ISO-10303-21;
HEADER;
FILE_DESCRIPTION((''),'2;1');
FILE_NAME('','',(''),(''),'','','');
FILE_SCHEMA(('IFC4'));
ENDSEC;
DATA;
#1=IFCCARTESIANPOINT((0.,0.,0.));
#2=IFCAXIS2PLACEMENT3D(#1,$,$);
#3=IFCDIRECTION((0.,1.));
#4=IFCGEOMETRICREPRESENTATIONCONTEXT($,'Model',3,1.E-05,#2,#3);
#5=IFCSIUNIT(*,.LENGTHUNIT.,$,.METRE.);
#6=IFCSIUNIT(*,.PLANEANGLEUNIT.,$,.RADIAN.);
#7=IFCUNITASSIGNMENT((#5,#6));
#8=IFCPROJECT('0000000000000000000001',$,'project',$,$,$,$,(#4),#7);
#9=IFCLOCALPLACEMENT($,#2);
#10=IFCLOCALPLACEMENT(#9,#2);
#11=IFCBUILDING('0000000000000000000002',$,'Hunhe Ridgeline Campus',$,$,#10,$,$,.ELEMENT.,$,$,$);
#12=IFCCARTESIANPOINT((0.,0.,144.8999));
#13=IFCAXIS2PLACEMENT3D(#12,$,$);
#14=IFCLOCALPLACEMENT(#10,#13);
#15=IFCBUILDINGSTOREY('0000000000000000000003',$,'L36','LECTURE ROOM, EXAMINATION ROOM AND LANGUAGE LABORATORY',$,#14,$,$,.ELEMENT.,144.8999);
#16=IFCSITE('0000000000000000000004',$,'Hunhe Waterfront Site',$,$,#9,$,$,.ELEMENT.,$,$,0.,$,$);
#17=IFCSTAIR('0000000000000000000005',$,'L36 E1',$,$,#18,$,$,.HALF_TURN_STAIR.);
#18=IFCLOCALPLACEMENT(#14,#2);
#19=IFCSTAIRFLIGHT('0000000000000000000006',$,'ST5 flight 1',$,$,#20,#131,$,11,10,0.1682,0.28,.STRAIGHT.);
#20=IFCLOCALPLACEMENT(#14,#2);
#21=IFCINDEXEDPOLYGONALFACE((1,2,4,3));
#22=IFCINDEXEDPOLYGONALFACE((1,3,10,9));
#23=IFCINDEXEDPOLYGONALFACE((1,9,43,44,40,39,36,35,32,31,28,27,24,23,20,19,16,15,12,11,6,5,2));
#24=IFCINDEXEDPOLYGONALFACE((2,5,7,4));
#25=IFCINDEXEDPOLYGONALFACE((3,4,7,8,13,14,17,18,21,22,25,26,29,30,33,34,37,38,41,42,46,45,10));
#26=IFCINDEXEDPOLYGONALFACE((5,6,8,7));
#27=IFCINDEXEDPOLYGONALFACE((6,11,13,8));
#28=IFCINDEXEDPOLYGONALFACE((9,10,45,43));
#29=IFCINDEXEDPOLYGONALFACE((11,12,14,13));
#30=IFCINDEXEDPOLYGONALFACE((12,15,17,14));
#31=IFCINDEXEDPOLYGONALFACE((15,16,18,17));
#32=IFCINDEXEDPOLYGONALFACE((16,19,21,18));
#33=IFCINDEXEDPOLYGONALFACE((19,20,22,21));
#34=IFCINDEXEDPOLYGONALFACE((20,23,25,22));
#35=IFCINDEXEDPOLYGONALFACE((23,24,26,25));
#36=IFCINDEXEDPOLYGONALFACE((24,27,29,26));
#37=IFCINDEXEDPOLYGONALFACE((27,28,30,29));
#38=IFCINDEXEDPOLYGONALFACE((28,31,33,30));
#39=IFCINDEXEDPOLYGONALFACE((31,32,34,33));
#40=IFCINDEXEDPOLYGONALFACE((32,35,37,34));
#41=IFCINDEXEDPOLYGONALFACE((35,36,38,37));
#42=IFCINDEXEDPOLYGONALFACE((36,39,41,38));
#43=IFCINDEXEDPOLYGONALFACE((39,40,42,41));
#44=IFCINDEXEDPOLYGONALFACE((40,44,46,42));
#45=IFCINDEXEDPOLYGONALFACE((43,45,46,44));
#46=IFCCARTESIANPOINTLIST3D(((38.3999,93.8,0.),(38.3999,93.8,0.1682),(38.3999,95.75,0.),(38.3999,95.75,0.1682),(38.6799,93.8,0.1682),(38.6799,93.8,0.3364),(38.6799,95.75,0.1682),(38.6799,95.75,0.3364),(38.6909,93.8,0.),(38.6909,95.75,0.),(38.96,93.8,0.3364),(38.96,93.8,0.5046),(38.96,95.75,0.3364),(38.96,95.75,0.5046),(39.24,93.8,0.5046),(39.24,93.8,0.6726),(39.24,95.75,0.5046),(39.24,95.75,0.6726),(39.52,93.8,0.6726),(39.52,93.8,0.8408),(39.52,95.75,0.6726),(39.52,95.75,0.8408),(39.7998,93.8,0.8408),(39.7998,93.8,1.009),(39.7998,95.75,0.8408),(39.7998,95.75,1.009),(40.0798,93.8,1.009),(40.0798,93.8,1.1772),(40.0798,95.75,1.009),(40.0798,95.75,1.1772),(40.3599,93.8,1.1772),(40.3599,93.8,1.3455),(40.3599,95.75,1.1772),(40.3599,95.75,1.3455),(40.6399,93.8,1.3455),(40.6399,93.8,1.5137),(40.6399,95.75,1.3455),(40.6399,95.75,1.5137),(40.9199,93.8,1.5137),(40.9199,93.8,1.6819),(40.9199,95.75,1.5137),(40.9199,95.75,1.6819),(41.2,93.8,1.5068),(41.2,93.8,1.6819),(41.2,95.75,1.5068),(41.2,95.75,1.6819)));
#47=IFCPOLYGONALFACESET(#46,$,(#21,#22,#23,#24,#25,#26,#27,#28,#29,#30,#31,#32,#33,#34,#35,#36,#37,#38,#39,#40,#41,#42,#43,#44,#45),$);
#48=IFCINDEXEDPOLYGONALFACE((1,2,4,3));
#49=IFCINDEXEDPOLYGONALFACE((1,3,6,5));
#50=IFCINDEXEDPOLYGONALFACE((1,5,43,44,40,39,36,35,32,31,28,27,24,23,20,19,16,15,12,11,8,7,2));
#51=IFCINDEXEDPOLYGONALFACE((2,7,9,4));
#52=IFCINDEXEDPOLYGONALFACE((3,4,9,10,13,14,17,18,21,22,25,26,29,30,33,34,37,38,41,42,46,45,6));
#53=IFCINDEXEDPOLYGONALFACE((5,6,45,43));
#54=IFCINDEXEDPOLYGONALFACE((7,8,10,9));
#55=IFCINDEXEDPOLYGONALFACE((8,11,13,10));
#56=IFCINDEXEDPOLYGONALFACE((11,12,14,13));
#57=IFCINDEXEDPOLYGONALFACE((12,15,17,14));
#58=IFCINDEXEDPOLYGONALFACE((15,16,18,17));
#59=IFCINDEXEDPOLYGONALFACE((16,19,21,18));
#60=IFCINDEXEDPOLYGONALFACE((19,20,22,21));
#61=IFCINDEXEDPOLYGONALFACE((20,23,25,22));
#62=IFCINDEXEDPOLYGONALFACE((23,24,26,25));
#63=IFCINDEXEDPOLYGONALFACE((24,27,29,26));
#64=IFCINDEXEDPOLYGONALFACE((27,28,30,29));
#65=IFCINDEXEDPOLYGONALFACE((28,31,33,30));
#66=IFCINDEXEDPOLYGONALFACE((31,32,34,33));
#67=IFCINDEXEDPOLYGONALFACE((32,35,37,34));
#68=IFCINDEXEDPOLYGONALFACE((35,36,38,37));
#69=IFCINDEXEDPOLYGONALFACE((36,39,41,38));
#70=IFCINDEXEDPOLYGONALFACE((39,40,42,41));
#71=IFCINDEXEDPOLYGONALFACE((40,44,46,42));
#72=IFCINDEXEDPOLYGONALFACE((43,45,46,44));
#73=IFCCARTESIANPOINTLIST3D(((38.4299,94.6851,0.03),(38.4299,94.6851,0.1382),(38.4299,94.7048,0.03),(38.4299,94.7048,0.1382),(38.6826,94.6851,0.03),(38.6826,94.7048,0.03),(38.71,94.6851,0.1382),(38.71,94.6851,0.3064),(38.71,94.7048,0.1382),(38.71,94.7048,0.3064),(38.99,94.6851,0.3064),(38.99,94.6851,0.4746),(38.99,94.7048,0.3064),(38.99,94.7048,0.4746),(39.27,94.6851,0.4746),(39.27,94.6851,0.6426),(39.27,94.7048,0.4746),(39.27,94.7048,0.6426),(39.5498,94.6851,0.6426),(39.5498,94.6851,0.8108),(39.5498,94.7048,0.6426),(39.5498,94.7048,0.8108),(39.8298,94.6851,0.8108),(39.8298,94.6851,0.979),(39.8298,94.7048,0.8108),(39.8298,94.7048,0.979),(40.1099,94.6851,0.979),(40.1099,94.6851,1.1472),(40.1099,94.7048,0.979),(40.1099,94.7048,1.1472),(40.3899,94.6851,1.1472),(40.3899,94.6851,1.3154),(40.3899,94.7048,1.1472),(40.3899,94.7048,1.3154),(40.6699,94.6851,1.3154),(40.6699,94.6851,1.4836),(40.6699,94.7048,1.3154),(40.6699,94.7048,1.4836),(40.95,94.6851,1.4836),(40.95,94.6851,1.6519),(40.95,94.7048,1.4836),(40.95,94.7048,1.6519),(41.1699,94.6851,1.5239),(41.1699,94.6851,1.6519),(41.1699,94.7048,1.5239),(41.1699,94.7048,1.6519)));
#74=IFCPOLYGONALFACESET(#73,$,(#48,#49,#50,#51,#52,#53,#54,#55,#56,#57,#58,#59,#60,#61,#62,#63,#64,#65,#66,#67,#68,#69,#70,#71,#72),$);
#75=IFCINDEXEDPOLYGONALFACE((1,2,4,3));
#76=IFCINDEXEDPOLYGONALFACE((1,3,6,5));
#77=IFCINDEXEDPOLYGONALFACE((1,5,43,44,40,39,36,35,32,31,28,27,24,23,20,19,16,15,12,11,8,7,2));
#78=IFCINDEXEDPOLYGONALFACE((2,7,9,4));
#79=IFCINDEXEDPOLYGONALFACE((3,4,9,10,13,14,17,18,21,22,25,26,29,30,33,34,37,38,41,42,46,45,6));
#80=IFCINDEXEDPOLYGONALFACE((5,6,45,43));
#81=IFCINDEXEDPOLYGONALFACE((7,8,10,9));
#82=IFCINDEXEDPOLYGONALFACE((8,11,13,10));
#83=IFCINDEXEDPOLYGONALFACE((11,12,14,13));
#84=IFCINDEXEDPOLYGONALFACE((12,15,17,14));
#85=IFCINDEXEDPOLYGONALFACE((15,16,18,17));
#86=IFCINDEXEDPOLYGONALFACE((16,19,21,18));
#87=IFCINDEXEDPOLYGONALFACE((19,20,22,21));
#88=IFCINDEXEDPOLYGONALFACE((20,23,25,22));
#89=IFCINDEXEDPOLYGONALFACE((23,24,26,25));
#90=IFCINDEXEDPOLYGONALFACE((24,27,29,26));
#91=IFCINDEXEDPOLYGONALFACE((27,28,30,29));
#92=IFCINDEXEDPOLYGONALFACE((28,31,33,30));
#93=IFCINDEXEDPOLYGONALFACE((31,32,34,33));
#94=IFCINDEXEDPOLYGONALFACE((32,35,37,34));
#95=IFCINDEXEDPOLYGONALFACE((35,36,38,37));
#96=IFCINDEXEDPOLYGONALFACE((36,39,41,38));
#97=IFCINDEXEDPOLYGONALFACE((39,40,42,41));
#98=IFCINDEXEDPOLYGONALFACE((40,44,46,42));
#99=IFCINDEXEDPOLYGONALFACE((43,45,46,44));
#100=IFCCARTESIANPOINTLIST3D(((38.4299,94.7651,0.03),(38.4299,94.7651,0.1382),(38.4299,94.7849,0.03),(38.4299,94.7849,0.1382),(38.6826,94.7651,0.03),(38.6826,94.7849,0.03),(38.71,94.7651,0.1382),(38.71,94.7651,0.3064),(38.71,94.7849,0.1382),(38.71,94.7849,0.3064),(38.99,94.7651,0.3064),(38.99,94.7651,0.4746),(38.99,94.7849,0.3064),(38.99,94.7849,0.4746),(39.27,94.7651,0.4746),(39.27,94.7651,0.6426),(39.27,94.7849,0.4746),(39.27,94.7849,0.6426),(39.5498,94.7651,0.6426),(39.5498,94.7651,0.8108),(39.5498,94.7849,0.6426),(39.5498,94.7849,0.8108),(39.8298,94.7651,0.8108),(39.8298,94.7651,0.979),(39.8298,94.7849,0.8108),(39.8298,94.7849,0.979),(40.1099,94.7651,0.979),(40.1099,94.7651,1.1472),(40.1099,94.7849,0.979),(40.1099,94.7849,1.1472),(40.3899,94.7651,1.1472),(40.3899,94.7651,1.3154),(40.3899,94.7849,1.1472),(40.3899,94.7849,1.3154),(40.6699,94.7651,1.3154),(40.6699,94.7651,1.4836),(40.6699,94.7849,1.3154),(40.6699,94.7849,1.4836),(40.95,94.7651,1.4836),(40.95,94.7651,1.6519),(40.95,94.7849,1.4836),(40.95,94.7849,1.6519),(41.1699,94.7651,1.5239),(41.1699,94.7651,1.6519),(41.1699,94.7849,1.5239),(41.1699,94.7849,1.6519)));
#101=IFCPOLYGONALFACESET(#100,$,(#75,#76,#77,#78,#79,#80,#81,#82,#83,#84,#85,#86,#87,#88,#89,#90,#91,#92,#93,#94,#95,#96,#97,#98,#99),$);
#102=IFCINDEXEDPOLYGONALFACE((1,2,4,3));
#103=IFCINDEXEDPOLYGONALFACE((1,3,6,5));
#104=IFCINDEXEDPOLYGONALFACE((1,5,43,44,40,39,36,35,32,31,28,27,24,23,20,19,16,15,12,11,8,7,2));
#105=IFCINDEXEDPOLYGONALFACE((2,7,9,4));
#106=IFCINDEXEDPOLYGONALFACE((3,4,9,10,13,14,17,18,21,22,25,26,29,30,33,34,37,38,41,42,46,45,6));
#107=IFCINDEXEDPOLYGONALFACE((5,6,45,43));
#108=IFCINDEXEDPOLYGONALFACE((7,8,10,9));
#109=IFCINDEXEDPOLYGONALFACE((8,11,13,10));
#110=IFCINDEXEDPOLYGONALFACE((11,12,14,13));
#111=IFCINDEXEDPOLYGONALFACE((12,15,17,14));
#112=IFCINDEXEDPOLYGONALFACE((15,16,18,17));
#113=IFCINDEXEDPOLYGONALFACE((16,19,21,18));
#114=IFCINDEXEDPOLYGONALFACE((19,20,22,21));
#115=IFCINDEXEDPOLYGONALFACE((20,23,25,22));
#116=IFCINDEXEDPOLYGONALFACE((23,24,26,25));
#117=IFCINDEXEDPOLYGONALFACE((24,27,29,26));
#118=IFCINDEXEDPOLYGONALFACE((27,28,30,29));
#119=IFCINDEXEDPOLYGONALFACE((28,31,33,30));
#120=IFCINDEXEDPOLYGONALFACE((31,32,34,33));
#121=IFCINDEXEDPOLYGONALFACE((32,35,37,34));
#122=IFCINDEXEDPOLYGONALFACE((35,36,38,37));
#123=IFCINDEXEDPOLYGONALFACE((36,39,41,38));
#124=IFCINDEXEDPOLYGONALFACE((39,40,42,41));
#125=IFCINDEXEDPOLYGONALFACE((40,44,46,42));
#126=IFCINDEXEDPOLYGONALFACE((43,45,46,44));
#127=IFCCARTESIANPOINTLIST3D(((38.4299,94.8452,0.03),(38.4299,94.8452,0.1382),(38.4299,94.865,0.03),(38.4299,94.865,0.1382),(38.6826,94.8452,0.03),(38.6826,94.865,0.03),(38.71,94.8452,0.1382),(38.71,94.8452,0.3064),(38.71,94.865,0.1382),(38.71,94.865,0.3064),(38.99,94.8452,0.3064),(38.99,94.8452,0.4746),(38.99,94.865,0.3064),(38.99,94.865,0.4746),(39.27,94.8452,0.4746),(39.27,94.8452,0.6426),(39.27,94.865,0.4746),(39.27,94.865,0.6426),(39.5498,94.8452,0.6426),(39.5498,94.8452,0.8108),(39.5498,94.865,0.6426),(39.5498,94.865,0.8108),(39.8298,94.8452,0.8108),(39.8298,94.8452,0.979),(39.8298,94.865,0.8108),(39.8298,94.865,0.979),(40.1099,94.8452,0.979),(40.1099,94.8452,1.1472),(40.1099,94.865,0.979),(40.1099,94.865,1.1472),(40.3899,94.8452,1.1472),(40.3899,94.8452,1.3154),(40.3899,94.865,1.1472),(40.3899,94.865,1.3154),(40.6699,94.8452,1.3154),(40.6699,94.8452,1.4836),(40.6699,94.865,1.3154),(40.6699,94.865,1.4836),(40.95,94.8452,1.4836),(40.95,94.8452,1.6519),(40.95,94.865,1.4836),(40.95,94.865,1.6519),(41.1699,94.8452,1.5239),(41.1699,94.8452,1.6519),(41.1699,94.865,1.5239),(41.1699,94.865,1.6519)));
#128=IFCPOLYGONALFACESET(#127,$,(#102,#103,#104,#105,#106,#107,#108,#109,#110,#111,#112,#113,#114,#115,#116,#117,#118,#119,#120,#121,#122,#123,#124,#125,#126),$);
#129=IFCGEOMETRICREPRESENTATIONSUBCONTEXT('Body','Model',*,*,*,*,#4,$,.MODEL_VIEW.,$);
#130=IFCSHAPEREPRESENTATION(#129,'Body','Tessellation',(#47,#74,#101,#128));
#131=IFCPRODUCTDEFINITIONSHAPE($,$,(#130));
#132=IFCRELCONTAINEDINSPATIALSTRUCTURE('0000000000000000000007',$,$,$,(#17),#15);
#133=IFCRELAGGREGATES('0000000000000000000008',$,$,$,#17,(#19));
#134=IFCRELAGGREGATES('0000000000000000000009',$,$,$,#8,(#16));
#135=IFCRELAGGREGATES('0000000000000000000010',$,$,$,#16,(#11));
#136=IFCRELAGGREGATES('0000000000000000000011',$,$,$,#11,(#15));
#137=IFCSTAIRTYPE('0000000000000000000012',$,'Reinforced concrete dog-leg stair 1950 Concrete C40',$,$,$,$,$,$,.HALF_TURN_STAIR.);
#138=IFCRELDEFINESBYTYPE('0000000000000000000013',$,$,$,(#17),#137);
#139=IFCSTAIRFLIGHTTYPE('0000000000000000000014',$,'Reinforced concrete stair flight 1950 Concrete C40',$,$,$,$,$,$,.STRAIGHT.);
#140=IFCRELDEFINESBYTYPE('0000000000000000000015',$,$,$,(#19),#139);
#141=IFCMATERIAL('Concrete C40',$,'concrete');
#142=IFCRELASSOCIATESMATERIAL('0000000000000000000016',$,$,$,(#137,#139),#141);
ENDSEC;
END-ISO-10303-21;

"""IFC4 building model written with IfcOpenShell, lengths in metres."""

from ifc_helpers import new_model, si_unit, direction, frame, origin, place, context, subcontext, project, spatial, polyline, outline, extrude, material, type_object, element, aggregate, save


model = new_model("IFC4")

# Units and contexts
model_context = context("Model", 3, precision=1e-05, world=origin(), true_north=direction((0.0, 1.0)))
body_context = subcontext(model_context, "Body", "Model", "MODEL_VIEW")
ifc_project = project(units=[si_unit("LENGTHUNIT", "METRE"), si_unit("PLANEANGLEUNIT", "RADIAN")], contexts=[model_context])

# Site, building, storey
site_placement = place(None, origin())
site = spatial("IfcSite", under=ifc_project, at=site_placement, Name="Hunhe Waterfront Site", CompositionType="ELEMENT", RefElevation=0.0)
building_placement = place(site_placement, origin())
building = spatial("IfcBuilding", under=site, at=building_placement, Name="Hunhe Ridgeline Campus", CompositionType="ELEMENT")
storey_placement = place(building_placement, frame((0.0, 0.0, 144.8999)))
storey = spatial("IfcBuildingStorey", under=building, at=storey_placement, Name="L36", Description="LECTURE ROOM, EXAMINATION ROOM AND LANGUAGE LABORATORY", CompositionType="ELEMENT", Elevation=144.8999)

# Shared definitions
ifc_material_1 = material(Name="Concrete C40", Category="concrete")
stair_type = type_object("IfcStairType", Name="Reinforced concrete dog-leg stair 1950 Concrete C40", PredefinedType="HALF_TURN_STAIR", material=ifc_material_1)
stair_flight_type = type_object("IfcStairFlightType", Name="Reinforced concrete stair flight 1950 Concrete C40", PredefinedType="STRAIGHT", material=ifc_material_1)

# Stair, stair flight
stair_1_placement = place(storey_placement, origin())
stair_1 = element("IfcStair", 1, at=stair_1_placement, inside=storey, type_object=stair_type, Name="L36 E1", PredefinedType="HALF_TURN_STAIR")
stair_flight_1_placement = place(storey_placement, frame((38.3999, 94.7749, 0.0), z_axis=(0.0, 0.0, 1.0), x_axis=(1.0, 0.0, 0.0)))
stair_flight_1 = element("IfcStairFlight", 2, at=stair_flight_1_placement, type_object=stair_flight_type, Name="ST5 flight 1", NumberOfRisers=11, NumberOfTreads=10, PredefinedType="STRAIGHT", RiserHeight=0.1682, TreadLength=0.28, context=body_context, shape_type="SweptSolid", body=[
    extrude(outline(polyline([(0.0, 0.0), (0.0, 0.1682), (0.28, 0.1682), (0.28, 0.3364), (0.5601, 0.3364), (0.5601, 0.5046), (0.8401, 0.5046), (0.8401, 0.6726), (1.1201, 0.6726), (1.1201, 0.8408), (1.3999, 0.8408), (1.3999, 1.009), (1.6799, 1.009), (1.6799, 1.1772), (1.96, 1.1772), (1.96, 1.3455), (2.24, 1.3455), (2.24, 1.5137), (2.52, 1.5137), (2.52, 1.6819), (2.8, 1.6819), (2.8, 1.8501), (2.8, 1.5068), (0.291, 0.0), (0.0, 0.0)])), frame((0.0, 0.9751, 0.0), z_axis=(0.0, -1.0, 0.0), x_axis=(1.0, 0.0, 0.0)), (0.0, 0.0, 1.0), 1.95),
    extrude(outline(polyline([(0.03, 0.03), (0.03, 0.1382), (0.3101, 0.1382), (0.3101, 0.3064), (0.5901, 0.3064), (0.5901, 0.4746), (0.8701, 0.4746), (0.8701, 0.6426), (1.1499, 0.6426), (1.1499, 0.8108), (1.4299, 0.8108), (1.4299, 0.979), (1.71, 0.979), (1.71, 1.1472), (1.99, 1.1472), (1.99, 1.3154), (2.27, 1.3154), (2.27, 1.4836), (2.55, 1.4836), (2.55, 1.6519), (2.77, 1.6519), (2.77, 1.5239), (0.2827, 0.03), (0.03, 0.03)])), frame((0.0, -0.0701, 0.0), z_axis=(0.0, -1.0, 0.0), x_axis=(1.0, 0.0, 0.0)), (0.0, 0.0, 1.0), 0.0198),
    extrude(outline(polyline([(0.03, 0.03), (0.03, 0.1382), (0.3101, 0.1382), (0.3101, 0.3064), (0.5901, 0.3064), (0.5901, 0.4746), (0.8701, 0.4746), (0.8701, 0.6426), (1.1499, 0.6426), (1.1499, 0.8108), (1.4299, 0.8108), (1.4299, 0.979), (1.71, 0.979), (1.71, 1.1472), (1.99, 1.1472), (1.99, 1.3154), (2.27, 1.3154), (2.27, 1.4836), (2.55, 1.4836), (2.55, 1.6519), (2.77, 1.6519), (2.77, 1.5239), (0.2827, 0.03), (0.03, 0.03)])), frame((0.0, 0.01, 0.0), z_axis=(0.0, -1.0, 0.0), x_axis=(1.0, 0.0, 0.0)), (0.0, 0.0, 1.0), 0.0198),
    extrude(outline(polyline([(0.03, 0.03), (0.03, 0.1382), (0.3101, 0.1382), (0.3101, 0.3064), (0.5901, 0.3064), (0.5901, 0.4746), (0.8701, 0.4746), (0.8701, 0.6426), (1.1499, 0.6426), (1.1499, 0.8108), (1.4299, 0.8108), (1.4299, 0.979), (1.71, 0.979), (1.71, 1.1472), (1.99, 1.1472), (1.99, 1.3154), (2.27, 1.3154), (2.27, 1.4836), (2.55, 1.4836), (2.55, 1.6519), (2.77, 1.6519), (2.77, 1.5239), (0.2827, 0.03), (0.03, 0.03)])), frame((0.0, 0.0901, 0.0), z_axis=(0.0, -1.0, 0.0), x_axis=(1.0, 0.0, 0.0)), (0.0, 0.0, 1.0), 0.0198),
])
aggregate(stair_1, [stair_flight_1])

save(model, "model.ifc")
